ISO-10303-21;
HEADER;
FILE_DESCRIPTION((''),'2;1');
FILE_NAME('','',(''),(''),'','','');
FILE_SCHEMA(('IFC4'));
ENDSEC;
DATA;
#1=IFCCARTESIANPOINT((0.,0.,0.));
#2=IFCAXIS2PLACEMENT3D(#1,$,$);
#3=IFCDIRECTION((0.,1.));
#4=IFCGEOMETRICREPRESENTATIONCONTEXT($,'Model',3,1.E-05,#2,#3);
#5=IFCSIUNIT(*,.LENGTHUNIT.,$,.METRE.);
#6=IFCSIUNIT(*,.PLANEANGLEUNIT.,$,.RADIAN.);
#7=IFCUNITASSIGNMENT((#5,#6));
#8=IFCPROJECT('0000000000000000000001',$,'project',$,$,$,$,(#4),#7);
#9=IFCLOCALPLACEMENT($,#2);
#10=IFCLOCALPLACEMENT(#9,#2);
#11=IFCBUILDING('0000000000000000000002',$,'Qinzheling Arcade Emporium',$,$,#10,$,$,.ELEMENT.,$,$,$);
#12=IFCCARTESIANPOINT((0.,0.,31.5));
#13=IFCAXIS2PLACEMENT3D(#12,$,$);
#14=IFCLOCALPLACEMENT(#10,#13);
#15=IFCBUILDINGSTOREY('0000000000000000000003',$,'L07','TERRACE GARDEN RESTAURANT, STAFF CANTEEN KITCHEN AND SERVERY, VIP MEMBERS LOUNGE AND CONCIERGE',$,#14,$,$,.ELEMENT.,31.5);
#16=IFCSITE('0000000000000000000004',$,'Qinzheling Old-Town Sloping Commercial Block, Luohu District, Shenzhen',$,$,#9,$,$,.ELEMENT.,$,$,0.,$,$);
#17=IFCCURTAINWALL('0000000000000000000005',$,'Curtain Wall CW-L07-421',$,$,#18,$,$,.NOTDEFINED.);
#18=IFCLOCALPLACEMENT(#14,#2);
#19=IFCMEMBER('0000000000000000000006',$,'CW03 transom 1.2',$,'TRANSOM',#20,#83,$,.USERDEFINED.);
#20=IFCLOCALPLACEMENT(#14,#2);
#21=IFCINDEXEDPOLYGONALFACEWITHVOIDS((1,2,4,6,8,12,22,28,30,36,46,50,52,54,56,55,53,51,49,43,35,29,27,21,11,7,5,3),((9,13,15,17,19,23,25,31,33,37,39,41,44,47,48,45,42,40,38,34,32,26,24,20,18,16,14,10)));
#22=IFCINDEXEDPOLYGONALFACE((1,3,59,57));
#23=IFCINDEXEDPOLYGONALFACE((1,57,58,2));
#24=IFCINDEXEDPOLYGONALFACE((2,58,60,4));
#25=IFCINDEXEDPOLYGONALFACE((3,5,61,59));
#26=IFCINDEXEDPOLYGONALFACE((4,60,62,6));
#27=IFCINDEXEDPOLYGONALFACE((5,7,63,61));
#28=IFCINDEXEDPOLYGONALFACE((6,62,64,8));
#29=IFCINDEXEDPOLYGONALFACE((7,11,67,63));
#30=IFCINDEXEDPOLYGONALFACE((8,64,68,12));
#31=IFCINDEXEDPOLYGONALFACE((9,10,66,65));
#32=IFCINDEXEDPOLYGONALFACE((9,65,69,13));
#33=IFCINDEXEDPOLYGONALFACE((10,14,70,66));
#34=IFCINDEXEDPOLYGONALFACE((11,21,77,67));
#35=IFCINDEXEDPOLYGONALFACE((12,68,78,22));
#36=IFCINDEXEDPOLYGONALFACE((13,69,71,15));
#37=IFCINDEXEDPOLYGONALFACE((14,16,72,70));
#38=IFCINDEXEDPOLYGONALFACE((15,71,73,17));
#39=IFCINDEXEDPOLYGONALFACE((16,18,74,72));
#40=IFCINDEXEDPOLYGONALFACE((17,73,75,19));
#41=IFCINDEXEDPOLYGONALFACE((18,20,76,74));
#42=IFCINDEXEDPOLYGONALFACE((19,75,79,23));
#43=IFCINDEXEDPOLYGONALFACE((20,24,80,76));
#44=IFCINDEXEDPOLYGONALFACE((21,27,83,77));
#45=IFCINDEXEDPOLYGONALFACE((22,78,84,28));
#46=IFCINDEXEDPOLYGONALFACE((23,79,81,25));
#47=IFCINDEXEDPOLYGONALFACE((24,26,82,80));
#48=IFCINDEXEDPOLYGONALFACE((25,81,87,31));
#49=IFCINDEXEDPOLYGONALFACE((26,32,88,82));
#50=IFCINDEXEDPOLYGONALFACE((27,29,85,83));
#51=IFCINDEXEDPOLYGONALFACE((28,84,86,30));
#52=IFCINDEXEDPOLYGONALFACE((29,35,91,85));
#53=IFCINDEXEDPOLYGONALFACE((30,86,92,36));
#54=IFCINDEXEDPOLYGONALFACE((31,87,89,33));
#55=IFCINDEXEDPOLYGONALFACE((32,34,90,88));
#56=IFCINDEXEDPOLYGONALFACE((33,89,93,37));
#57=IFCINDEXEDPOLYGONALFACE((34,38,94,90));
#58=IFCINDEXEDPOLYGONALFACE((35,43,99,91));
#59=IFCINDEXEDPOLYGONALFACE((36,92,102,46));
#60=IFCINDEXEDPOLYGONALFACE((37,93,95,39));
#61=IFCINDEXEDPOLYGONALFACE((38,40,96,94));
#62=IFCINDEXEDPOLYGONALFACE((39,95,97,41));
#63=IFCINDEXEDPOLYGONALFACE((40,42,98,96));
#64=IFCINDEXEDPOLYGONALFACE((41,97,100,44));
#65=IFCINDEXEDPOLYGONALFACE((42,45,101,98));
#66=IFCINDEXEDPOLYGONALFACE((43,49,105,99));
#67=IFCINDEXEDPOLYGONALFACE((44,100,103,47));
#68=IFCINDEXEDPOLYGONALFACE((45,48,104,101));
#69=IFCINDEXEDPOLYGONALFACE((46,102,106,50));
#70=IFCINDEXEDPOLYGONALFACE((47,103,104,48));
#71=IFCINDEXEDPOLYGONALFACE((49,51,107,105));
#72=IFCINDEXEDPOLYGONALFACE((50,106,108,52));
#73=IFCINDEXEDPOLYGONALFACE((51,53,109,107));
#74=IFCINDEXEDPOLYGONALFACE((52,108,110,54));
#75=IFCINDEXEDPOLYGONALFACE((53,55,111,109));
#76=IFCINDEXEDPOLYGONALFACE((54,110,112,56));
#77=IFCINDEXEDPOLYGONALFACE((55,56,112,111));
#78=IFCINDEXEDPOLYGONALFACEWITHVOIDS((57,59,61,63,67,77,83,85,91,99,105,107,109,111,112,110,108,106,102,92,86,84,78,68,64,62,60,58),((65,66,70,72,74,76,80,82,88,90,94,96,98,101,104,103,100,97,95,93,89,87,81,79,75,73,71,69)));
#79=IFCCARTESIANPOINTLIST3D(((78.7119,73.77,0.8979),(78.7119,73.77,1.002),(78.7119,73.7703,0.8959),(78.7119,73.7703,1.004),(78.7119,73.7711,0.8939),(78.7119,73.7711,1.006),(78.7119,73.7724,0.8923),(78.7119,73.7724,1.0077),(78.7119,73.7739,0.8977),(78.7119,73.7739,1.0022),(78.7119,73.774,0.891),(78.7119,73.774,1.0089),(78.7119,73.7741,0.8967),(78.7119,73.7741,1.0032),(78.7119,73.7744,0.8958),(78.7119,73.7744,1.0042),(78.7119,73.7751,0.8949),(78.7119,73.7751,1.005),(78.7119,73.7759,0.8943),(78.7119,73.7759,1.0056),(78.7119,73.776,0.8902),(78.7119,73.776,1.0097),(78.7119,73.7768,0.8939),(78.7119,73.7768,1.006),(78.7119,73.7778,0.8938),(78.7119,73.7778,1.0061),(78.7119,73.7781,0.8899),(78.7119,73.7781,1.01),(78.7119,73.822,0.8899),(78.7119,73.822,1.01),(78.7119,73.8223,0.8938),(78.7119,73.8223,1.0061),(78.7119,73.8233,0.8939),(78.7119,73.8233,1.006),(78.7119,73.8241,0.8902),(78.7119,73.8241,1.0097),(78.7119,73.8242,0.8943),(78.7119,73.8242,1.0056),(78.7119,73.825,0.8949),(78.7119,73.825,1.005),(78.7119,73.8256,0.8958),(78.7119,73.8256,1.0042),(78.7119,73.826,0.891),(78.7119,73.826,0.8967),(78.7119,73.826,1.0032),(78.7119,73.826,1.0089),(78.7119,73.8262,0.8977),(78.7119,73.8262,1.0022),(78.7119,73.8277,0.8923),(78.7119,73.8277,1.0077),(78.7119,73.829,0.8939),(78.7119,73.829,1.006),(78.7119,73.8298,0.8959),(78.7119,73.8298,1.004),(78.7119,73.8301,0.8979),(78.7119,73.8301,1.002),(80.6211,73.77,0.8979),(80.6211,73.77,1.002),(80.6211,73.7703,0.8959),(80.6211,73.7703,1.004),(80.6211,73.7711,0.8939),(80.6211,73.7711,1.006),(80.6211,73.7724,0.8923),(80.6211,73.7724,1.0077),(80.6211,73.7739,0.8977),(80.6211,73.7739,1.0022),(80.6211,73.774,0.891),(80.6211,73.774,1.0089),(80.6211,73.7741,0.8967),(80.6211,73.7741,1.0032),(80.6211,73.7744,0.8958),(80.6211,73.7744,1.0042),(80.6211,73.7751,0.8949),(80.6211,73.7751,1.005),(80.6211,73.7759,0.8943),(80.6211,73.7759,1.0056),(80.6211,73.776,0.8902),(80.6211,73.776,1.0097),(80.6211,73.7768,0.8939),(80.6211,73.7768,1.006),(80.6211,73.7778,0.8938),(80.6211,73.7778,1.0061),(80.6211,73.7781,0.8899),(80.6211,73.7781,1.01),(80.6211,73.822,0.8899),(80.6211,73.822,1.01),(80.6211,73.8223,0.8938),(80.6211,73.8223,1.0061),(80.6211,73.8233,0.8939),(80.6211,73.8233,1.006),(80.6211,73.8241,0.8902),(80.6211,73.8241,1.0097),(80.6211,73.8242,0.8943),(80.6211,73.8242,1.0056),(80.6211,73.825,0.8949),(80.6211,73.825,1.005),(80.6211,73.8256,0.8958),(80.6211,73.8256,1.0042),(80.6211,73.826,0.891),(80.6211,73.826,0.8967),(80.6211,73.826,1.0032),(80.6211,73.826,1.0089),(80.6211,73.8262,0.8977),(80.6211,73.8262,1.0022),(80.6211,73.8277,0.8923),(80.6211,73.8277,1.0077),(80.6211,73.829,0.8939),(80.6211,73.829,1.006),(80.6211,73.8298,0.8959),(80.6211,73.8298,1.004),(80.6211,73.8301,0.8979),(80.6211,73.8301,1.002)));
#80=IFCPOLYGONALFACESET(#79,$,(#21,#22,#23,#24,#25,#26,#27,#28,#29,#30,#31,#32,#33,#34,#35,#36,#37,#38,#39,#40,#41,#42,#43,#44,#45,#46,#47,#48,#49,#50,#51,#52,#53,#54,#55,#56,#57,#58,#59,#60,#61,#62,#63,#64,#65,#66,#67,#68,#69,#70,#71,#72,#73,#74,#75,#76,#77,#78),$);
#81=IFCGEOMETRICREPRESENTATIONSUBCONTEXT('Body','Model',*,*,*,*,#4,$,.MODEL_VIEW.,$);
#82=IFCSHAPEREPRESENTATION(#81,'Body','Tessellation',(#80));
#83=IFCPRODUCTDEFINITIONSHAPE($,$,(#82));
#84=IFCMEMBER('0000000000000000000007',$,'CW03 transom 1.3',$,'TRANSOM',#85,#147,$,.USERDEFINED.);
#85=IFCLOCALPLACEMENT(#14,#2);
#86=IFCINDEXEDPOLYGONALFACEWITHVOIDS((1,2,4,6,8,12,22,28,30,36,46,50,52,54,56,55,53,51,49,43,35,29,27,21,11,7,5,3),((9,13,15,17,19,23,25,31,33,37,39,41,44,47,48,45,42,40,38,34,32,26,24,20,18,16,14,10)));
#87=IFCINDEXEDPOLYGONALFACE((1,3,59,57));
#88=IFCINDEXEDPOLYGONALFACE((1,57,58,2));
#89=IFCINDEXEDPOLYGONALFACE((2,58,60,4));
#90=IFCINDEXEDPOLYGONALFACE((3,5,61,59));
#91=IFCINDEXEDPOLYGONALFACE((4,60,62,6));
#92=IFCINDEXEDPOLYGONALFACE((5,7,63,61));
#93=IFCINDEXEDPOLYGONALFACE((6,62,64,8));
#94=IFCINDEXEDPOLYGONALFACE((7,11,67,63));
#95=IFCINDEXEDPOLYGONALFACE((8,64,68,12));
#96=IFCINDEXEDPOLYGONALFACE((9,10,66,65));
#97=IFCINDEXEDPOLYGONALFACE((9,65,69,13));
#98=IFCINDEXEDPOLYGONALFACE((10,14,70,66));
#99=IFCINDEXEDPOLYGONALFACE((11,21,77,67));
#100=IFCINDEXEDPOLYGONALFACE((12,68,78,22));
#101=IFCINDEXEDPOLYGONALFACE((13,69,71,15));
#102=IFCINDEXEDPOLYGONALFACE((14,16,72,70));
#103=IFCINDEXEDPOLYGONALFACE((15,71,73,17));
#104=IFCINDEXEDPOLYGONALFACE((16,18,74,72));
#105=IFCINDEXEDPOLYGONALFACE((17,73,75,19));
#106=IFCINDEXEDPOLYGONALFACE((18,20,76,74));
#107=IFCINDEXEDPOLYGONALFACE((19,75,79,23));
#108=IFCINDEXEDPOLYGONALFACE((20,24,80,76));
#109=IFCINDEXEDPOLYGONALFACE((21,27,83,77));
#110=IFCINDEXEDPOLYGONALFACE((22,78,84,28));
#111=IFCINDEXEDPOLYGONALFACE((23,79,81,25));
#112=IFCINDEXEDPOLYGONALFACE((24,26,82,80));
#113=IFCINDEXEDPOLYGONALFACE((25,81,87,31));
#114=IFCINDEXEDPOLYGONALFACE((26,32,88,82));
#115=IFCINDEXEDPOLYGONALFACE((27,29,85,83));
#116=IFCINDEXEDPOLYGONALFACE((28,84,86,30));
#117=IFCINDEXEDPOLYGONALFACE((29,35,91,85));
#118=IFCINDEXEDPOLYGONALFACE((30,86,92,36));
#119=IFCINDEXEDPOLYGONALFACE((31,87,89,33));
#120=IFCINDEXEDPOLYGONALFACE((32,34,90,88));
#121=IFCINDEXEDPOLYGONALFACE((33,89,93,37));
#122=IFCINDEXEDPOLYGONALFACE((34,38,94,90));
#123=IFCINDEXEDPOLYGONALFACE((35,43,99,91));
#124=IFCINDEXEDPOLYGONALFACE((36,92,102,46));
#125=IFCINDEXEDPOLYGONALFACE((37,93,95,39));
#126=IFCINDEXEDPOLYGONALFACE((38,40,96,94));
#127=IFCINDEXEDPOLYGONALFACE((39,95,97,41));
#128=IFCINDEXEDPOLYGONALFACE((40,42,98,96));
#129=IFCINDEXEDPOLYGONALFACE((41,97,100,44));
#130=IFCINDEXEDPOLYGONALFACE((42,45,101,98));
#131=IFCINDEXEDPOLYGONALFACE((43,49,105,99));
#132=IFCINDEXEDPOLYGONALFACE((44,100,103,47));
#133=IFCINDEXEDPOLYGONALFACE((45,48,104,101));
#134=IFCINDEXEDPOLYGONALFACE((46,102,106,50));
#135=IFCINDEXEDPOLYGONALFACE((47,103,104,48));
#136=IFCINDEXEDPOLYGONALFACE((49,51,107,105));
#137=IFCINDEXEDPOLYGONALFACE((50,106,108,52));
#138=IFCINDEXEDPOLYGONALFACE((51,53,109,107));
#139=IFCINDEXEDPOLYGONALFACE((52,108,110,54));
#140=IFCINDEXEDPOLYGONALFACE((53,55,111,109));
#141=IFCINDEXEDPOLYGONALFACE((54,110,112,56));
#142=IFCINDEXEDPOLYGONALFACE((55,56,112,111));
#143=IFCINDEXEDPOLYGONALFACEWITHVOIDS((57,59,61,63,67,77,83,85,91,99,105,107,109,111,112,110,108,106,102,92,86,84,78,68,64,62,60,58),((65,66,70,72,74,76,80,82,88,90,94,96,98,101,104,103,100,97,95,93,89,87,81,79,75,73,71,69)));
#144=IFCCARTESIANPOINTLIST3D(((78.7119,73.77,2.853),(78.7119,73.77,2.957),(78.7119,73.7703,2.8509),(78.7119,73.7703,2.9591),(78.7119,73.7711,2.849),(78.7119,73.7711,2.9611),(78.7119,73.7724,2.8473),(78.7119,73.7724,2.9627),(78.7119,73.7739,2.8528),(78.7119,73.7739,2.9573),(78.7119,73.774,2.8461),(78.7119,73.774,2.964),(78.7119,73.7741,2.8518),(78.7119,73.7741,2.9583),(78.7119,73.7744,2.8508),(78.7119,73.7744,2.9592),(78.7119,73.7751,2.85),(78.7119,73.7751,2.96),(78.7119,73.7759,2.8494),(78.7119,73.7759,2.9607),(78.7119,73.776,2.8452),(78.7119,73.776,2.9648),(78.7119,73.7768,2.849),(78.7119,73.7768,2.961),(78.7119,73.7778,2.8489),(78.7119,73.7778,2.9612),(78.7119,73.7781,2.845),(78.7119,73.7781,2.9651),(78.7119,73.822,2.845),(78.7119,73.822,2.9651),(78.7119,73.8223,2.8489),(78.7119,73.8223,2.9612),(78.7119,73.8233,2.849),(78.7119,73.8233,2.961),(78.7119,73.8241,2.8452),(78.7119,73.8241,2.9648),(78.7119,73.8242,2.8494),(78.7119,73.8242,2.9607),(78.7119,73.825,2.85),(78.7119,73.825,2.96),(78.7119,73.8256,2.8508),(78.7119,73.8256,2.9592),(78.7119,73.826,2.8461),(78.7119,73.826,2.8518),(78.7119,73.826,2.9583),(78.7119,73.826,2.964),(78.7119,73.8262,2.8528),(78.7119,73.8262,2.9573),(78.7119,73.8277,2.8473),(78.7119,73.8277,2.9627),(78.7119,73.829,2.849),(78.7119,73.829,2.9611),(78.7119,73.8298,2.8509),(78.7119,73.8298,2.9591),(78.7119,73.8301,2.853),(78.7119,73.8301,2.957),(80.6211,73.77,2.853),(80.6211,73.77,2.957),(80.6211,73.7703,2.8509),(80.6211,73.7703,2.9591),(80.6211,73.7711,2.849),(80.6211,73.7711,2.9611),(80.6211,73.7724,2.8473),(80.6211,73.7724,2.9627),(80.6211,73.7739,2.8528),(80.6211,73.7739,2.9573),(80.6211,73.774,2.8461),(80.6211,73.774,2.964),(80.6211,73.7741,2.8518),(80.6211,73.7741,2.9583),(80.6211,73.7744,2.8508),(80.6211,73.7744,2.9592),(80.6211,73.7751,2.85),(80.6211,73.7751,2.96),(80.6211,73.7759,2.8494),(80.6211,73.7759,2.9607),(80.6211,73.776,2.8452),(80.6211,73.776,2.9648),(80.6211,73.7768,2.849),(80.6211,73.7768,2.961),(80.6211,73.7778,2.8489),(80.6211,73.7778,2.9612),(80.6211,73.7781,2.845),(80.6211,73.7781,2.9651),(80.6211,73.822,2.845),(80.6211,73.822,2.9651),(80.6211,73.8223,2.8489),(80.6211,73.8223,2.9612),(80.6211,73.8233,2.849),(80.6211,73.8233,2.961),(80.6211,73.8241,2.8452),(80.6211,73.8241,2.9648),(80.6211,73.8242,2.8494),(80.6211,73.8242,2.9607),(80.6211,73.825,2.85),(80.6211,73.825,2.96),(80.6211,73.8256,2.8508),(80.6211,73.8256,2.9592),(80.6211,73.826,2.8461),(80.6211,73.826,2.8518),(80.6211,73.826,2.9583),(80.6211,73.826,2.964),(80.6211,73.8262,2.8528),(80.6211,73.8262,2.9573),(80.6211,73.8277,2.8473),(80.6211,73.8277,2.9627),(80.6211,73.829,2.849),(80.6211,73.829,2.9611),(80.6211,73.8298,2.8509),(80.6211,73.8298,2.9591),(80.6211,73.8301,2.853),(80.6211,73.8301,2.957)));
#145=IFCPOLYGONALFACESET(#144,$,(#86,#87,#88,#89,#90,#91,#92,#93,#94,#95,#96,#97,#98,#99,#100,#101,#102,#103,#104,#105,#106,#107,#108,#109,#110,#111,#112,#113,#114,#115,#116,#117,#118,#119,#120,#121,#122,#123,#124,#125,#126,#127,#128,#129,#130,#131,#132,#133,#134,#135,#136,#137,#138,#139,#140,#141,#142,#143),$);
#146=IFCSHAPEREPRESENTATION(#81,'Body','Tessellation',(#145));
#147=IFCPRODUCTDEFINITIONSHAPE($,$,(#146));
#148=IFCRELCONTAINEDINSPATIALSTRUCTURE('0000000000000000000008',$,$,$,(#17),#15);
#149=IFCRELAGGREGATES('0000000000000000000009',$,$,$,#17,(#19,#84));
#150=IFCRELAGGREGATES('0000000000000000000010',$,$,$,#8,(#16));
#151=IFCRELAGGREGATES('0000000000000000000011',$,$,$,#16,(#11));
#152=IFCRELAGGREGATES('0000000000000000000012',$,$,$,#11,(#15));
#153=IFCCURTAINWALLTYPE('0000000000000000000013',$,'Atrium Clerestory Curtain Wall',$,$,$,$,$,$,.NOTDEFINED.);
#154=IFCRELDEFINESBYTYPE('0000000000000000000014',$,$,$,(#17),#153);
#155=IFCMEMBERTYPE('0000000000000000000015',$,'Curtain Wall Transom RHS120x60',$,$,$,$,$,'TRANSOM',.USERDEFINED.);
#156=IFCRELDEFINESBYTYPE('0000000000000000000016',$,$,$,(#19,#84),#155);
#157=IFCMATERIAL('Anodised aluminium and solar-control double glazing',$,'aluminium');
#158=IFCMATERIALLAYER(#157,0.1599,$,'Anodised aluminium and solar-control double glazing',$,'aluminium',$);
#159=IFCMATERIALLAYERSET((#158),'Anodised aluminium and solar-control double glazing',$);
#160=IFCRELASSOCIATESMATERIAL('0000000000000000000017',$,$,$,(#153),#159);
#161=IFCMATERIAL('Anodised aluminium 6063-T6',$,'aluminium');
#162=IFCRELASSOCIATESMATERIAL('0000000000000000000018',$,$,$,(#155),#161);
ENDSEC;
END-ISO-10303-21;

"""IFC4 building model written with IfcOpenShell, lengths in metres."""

from ifc_helpers import new_model, si_unit, direction, frame, origin, origin_2d, place, context, subcontext, project, spatial, hollow_rectangle, extrude, material, layer, layer_set, material_profile, profile_set, type_object, element, aggregate, save


model = new_model("IFC4")

# Units and contexts
model_context = context("Model", 3, precision=1e-05, world=origin(), true_north=direction((0.0, 1.0)))
body_context = subcontext(model_context, "Body", "Model", "MODEL_VIEW")
ifc_project = project(units=[si_unit("LENGTHUNIT", "METRE"), si_unit("PLANEANGLEUNIT", "RADIAN")], contexts=[model_context])

# Site, building, storey
site_placement = place(None, origin())
site = spatial("IfcSite", under=ifc_project, at=site_placement, Name="Qinzheling Old-Town Sloping Commercial Block, Luohu District, Shenzhen", CompositionType="ELEMENT", RefElevation=0.0)
building_placement = place(site_placement, origin())
building = spatial("IfcBuilding", under=site, at=building_placement, Name="Qinzheling Arcade Emporium", CompositionType="ELEMENT")
storey_placement = place(building_placement, frame((0.0, 0.0, 31.5)))
storey = spatial("IfcBuildingStorey", under=building, at=storey_placement, Name="L07", Description="TERRACE GARDEN RESTAURANT, STAFF CANTEEN KITCHEN AND SERVERY, VIP MEMBERS LOUNGE AND CONCIERGE", CompositionType="ELEMENT", Elevation=31.5)

# Shared definitions
ifc_material_1 = material(Name="Anodised aluminium and solar-control double glazing", Category="aluminium")
ifc_layer_1 = layer(ifc_material_1, 0.1599, Name="Anodised aluminium and solar-control double glazing", Category="aluminium")
ifc_layer_set_1 = layer_set([ifc_layer_1], Name="Anodised aluminium and solar-control double glazing")
curtain_wall_type = type_object("IfcCurtainWallType", Name="Atrium Clerestory Curtain Wall", PredefinedType="NOTDEFINED", material=ifc_layer_set_1)
ifc_material_2 = material(Name="Anodised aluminium 6063-T6", Category="aluminium")

# Curtain wall
curtain_wall_1_placement = place(storey_placement, origin())
curtain_wall_1 = element("IfcCurtainWall", 1, at=curtain_wall_1_placement, inside=storey, type_object=curtain_wall_type, Name="Curtain Wall CW-L07-421", PredefinedType="NOTDEFINED")

# Members
ifc_material_profile_1 = material_profile(ifc_material_2, hollow_rectangle(XDim=0.0601, YDim=0.1201, WallThickness=0.0039, InnerFilletRadius=0.0039, OuterFilletRadius=0.0081, at=origin_2d()), Name="RHS 120x60x4", Category="aluminium")
ifc_profile_set_1 = profile_set([ifc_material_profile_1], Name="Anodised aluminium 6063-T6")
member_type_1 = type_object("IfcMemberType", Name="Curtain Wall Transom RHS120x60", ElementType="TRANSOM", PredefinedType="USERDEFINED", material=ifc_profile_set_1)
member_1_placement = place(storey_placement, frame((78.7119, 73.8, 0.95), z_axis=(1.0, 0.0, 0.0), x_axis=(0.0, 1.0, 0.0)))
member_1 = element("IfcMember", 2, at=member_1_placement, type_object=member_type_1, Name="CW03 transom 1.2", ObjectType="TRANSOM", PredefinedType="USERDEFINED", context=body_context, shape_type="SweptSolid", body=[
    extrude(hollow_rectangle(XDim=0.0601, YDim=0.1201, WallThickness=0.0039, InnerFilletRadius=0.0039, OuterFilletRadius=0.0081, at=origin_2d()), origin(), (0.0, 0.0, 1.0), 1.9092),
])
member_2_placement = place(storey_placement, frame((78.7119, 73.8, 2.905), z_axis=(1.0, 0.0, 0.0), x_axis=(0.0, 1.0, 0.0)))
member_2 = element("IfcMember", 3, at=member_2_placement, type_object=member_type_1, Name="CW03 transom 1.3", ObjectType="TRANSOM", PredefinedType="USERDEFINED", context=body_context, shape_type="SweptSolid", body=[
    extrude(hollow_rectangle(XDim=0.0601, YDim=0.1201, WallThickness=0.0039, InnerFilletRadius=0.0039, OuterFilletRadius=0.0081, at=origin_2d()), origin(), (0.0, 0.0, 1.0), 1.9092),
])

aggregate(curtain_wall_1, [member_1, member_2])

save(model, "model.ifc")
